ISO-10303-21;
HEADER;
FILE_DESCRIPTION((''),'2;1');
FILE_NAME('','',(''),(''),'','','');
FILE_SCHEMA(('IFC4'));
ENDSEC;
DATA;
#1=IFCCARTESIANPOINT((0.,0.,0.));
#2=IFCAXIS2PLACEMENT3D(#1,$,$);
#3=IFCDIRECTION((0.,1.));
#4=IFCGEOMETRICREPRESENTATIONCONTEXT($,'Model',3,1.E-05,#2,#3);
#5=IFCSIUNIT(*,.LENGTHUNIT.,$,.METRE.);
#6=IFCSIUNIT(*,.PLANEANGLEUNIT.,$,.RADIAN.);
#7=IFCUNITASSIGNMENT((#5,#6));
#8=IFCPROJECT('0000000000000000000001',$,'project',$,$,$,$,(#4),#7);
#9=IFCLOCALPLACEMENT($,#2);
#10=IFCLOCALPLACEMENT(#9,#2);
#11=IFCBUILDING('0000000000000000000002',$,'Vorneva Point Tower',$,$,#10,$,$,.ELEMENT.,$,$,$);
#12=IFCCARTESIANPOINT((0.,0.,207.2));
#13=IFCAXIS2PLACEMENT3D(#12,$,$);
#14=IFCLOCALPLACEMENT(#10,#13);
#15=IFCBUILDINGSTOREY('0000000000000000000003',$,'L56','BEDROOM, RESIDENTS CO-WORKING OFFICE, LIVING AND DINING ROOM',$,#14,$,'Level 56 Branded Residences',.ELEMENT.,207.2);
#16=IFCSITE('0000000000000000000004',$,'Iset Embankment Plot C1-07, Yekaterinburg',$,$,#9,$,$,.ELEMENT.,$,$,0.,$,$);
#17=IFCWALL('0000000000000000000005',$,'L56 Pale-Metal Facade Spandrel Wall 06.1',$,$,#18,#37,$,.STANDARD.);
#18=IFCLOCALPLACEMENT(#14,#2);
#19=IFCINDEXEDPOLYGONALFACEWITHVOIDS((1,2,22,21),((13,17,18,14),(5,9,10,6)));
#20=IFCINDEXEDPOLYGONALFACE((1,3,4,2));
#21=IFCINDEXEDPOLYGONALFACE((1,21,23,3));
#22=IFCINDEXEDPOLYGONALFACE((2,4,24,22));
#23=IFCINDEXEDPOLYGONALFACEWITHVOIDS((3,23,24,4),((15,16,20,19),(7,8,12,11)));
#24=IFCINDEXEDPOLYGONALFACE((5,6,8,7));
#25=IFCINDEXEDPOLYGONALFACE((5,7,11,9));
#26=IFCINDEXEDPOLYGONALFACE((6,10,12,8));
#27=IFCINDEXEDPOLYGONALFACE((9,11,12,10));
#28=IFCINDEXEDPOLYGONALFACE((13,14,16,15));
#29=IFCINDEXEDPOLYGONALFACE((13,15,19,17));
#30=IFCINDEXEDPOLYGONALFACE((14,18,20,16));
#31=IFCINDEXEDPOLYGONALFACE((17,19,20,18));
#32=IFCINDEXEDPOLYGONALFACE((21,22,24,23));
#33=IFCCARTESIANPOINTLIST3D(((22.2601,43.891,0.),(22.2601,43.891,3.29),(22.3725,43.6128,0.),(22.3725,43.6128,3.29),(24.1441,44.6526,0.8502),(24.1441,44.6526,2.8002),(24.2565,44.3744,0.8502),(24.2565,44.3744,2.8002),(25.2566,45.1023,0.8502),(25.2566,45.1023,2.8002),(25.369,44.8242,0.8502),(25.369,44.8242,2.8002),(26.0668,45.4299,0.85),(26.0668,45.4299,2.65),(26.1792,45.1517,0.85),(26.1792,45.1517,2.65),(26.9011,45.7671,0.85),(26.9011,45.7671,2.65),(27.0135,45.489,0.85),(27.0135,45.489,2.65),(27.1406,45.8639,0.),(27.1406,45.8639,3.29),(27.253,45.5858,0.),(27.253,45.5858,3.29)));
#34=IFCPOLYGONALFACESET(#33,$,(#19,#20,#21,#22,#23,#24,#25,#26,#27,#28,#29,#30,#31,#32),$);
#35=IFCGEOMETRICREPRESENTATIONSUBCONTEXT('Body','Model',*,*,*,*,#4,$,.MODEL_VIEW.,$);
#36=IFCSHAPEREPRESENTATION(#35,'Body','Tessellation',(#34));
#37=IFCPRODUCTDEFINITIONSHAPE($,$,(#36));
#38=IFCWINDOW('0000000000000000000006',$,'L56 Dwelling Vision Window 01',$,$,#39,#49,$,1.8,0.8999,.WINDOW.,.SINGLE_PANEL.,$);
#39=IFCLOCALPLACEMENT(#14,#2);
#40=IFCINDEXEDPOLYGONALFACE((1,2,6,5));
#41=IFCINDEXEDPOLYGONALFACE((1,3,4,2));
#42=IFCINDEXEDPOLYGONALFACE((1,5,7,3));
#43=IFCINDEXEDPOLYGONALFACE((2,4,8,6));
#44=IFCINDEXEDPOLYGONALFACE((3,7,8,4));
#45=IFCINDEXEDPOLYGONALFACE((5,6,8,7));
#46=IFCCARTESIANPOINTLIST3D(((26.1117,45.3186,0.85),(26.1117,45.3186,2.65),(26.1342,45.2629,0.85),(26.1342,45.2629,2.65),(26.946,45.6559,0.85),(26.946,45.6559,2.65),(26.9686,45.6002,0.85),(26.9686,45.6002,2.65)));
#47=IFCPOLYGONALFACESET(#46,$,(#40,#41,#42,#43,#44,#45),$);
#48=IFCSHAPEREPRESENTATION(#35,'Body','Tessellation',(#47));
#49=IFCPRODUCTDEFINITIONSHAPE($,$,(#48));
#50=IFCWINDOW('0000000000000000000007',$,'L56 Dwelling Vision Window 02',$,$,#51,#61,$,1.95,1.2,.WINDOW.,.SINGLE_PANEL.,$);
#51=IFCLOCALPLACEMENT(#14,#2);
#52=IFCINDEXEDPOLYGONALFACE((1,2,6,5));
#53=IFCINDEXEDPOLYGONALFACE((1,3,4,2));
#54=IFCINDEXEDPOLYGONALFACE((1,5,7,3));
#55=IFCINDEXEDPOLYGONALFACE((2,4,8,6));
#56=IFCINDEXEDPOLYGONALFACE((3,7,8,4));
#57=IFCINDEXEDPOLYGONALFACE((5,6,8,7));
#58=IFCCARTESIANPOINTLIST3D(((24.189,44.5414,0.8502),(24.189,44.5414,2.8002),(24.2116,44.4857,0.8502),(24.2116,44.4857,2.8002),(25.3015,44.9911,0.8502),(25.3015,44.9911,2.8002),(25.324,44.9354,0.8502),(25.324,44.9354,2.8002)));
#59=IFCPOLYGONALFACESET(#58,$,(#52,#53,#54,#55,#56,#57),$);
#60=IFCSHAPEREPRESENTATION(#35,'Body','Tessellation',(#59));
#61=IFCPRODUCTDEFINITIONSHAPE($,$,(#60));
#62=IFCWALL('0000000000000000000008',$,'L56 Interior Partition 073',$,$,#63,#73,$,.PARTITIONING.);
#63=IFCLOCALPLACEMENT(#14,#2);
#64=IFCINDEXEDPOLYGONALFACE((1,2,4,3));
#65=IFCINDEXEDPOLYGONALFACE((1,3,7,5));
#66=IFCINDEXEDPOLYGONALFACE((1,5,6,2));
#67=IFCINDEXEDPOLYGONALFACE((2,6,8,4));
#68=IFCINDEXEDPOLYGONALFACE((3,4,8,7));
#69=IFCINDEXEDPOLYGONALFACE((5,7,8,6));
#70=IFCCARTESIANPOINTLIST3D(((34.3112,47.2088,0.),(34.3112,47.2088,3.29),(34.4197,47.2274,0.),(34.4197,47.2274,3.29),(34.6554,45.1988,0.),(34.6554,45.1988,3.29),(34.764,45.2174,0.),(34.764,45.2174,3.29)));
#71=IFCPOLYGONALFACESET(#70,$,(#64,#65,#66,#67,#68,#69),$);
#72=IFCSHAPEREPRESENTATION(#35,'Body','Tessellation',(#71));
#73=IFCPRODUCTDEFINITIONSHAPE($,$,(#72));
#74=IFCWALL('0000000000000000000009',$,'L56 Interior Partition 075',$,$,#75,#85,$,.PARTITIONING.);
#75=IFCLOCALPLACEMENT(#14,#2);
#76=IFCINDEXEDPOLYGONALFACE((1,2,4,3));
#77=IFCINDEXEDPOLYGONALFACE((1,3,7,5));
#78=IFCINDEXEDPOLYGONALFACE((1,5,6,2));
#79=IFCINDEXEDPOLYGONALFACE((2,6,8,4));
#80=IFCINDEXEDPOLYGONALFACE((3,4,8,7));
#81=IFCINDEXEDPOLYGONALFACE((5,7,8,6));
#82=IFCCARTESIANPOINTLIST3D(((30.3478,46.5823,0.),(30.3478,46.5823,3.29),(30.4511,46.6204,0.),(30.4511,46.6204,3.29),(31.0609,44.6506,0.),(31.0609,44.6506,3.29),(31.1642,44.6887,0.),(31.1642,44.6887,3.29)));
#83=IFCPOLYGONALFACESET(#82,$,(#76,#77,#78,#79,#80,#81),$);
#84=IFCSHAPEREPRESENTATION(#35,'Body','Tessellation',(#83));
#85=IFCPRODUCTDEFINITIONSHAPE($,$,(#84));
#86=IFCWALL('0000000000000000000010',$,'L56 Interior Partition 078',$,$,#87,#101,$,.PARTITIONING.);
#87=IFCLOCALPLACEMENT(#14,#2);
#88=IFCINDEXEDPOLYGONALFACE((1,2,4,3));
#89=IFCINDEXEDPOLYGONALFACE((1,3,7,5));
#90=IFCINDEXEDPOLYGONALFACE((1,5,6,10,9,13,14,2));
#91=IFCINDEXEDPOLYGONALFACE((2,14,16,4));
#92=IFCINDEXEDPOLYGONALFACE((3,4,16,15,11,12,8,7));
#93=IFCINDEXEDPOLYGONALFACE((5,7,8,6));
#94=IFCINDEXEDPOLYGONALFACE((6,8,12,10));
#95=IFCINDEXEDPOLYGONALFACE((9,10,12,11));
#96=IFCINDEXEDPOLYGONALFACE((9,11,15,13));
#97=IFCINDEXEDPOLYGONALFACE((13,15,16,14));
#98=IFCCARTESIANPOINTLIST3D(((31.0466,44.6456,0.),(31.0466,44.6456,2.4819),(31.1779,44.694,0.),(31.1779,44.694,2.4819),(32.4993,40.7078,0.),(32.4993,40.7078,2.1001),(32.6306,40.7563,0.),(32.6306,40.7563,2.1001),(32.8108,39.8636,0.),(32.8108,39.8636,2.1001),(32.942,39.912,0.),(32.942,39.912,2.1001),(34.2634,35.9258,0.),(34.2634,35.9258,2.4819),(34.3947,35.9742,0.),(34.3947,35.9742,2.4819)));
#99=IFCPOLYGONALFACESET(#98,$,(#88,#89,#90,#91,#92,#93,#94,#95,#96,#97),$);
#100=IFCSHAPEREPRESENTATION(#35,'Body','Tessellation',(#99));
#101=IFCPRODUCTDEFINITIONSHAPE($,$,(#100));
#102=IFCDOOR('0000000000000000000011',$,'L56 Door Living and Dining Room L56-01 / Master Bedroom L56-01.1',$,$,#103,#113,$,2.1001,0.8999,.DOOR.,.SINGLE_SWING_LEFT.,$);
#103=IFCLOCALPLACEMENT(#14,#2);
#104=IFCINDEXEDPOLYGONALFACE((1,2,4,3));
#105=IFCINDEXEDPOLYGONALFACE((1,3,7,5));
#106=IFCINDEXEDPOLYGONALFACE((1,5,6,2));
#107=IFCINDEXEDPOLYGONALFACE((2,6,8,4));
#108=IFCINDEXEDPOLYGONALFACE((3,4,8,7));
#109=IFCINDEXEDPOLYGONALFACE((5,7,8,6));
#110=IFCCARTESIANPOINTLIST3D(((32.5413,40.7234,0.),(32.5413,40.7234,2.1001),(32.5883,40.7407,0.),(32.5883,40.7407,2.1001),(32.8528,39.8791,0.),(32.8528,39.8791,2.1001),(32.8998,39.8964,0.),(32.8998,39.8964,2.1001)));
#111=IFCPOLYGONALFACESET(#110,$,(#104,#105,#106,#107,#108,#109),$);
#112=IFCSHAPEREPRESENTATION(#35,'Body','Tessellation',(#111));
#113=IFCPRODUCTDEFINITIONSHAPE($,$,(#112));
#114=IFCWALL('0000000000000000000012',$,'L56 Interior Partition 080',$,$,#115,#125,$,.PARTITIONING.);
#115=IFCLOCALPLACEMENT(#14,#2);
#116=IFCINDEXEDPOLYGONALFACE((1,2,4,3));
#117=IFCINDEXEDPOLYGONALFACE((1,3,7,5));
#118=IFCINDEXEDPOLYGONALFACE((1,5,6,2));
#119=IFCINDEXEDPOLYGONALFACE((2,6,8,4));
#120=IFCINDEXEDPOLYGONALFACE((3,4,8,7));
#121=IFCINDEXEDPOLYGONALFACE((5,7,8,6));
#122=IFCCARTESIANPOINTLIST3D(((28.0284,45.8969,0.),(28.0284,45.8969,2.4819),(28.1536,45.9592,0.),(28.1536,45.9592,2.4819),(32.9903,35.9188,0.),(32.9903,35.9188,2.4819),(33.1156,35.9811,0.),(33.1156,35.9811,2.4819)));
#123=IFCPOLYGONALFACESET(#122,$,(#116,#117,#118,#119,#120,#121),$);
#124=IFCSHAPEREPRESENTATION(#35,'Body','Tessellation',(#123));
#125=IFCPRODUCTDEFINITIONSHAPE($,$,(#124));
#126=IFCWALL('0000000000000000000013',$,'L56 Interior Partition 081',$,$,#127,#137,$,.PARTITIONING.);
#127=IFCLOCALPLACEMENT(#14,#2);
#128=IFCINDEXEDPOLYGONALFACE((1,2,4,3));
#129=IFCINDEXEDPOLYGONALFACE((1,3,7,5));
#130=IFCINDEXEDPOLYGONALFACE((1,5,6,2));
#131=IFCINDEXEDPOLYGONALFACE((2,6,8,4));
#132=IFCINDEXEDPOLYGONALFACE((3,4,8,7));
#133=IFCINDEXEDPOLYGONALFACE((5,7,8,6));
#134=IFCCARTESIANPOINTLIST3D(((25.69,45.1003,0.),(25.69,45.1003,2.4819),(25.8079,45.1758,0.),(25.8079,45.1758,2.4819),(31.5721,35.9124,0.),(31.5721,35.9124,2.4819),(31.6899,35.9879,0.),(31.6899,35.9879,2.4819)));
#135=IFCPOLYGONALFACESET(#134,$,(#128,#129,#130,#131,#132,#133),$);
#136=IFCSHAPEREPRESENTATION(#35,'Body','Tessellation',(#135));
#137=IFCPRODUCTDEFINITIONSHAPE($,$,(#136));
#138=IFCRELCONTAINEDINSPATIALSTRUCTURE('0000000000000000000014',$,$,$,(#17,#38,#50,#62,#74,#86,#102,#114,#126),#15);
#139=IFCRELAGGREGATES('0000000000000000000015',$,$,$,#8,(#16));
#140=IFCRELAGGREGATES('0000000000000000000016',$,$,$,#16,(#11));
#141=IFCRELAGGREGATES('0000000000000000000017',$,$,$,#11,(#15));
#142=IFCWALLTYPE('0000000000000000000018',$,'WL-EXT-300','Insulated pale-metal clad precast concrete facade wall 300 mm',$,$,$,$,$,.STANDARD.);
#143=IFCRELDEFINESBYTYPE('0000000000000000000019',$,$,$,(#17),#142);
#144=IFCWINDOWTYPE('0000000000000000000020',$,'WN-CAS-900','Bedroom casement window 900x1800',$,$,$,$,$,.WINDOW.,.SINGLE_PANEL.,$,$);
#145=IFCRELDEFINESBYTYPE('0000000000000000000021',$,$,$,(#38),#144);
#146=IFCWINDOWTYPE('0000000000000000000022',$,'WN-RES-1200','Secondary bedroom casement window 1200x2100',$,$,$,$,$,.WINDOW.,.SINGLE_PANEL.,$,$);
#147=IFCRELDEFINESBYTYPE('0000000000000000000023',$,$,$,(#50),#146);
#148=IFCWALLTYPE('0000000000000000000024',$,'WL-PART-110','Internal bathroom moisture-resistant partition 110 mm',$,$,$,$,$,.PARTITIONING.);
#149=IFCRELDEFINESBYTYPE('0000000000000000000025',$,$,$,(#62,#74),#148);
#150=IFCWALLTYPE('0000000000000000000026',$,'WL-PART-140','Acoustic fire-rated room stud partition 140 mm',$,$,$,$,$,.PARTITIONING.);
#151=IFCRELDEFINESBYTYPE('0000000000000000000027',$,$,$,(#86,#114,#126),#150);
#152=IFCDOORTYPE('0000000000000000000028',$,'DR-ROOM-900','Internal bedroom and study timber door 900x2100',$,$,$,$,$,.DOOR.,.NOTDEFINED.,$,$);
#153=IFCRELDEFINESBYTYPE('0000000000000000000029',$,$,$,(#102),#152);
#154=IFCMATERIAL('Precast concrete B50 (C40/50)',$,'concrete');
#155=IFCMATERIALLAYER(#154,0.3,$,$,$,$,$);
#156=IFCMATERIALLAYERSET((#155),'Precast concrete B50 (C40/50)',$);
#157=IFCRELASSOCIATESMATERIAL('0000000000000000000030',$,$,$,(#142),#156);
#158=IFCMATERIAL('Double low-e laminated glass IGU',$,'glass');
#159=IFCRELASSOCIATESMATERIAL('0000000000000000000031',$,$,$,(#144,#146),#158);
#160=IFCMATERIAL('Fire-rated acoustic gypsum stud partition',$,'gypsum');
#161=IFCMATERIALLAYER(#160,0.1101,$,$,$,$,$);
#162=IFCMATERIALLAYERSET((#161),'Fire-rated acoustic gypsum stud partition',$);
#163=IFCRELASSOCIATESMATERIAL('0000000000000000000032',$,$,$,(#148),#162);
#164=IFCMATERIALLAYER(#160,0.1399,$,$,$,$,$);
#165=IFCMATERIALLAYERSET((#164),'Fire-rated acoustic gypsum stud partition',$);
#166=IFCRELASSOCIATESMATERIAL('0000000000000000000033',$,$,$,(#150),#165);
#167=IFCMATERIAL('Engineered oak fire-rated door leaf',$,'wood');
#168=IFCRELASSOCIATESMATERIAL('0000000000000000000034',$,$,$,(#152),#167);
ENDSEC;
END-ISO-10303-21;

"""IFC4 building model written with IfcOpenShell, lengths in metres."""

from ifc_helpers import new_model, si_unit, direction, frame, frame_2d, origin, place, context, subcontext, project, spatial, rectangle, extrude, material, layer, layer_set, type_object, element, fill, save


model = new_model("IFC4")

# Units and contexts
model_context = context("Model", 3, precision=1e-05, world=origin(), true_north=direction((0.0, 1.0)))
body_context = subcontext(model_context, "Body", "Model", "MODEL_VIEW")
ifc_project = project(units=[si_unit("LENGTHUNIT", "METRE"), si_unit("PLANEANGLEUNIT", "RADIAN")], contexts=[model_context])

# Site, building, storey
site_placement = place(None, origin())
site = spatial("IfcSite", under=ifc_project, at=site_placement, Name="Iset Embankment Plot C1-07, Yekaterinburg", CompositionType="ELEMENT", RefElevation=0.0)
building_placement = place(site_placement, origin())
building = spatial("IfcBuilding", under=site, at=building_placement, Name="Vorneva Point Tower", CompositionType="ELEMENT")
storey_placement = place(building_placement, frame((0.0, 0.0, 207.2)))
storey = spatial("IfcBuildingStorey", under=building, at=storey_placement, Name="L56", Description="BEDROOM, RESIDENTS CO-WORKING OFFICE, LIVING AND DINING ROOM", LongName="Level 56 Branded Residences", CompositionType="ELEMENT", Elevation=207.2)

# Shared definitions
ifc_material_1 = material(Name="Double low-e laminated glass IGU", Category="glass")

# Wall, openings, windows
ifc_material_2 = material(Name="Precast concrete B50 (C40/50)", Category="concrete")
ifc_layer_1 = layer(ifc_material_2, 0.3)
ifc_layer_set_1 = layer_set([ifc_layer_1], Name="Precast concrete B50 (C40/50)")
wall_type_1 = type_object("IfcWallType", Name="WL-EXT-300", Description="Insulated pale-metal clad precast concrete facade wall 300 mm", PredefinedType="STANDARD", material=ifc_layer_set_1)
wall_1_placement = place(storey_placement, frame((27.1968, 45.7249, 0.0), z_axis=(0.0, 0.0, 1.0), x_axis=(-0.927111, -0.374787, 0.0)))
wall_1 = element("IfcWall", 1, at=wall_1_placement, inside=storey, type_object=wall_type_1, Name="L56 Pale-Metal Facade Spandrel Wall 06.1", PredefinedType="STANDARD", context=body_context, shape_type="SweptSolid", body=[
    extrude(rectangle(XDim=5.2642, YDim=0.3, at=frame_2d((2.6321, 0.0))), origin(), (0.0, 0.0, 1.0), 3.29),
])
opening_1_placement = place(wall_1_placement, frame((0.2583, 0.0, 0.8501)))
opening_1 = element("IfcOpeningElement", 2, at=opening_1_placement, cuts=wall_1, PredefinedType="OPENING", context=body_context, shape_type="SweptSolid", body=[
    extrude(rectangle(XDim=0.8999, YDim=1.8, at=frame_2d((0.45, 0.8999))), frame((0.0, 0.165, 0.0), z_axis=(0.0, -1.0, 0.0), x_axis=(1.0, 0.0, 0.0)), (0.0, 0.0, 1.0), 0.3298),
])
opening_2_placement = place(wall_1_placement, frame((2.032, 0.0, 0.8501)))
opening_2 = element("IfcOpeningElement", 3, at=opening_2_placement, cuts=wall_1, PredefinedType="OPENING", context=body_context, shape_type="SweptSolid", body=[
    extrude(rectangle(XDim=1.2, YDim=1.95, at=frame_2d((0.6001, 0.9751))), frame((0.0, 0.165, 0.0), z_axis=(0.0, -1.0, 0.0), x_axis=(1.0, 0.0, 0.0)), (0.0, 0.0, 1.0), 0.3298),
])
window_type_1 = type_object("IfcWindowType", Name="WN-CAS-900", Description="Bedroom casement window 900x1800", PartitioningType="SINGLE_PANEL", PredefinedType="WINDOW", material=ifc_material_1)
window_1_placement = place(opening_1_placement, origin())
window_1 = element("IfcWindow", 4, at=window_1_placement, inside=storey, type_object=window_type_1, Name="L56 Dwelling Vision Window 01", OverallHeight=1.8, OverallWidth=0.8999, PartitioningType="SINGLE_PANEL", PredefinedType="WINDOW", context=body_context, shape_type="SweptSolid", body=[
    extrude(rectangle(XDim=0.8999, YDim=1.8, at=frame_2d((0.45, 0.8999))), frame((0.0, 0.03, 0.0), z_axis=(0.0, -1.0, 0.0), x_axis=(1.0, 0.0, 0.0)), (0.0, 0.0, 1.0), 0.0601),
])
fill(opening_1, window_1)
window_type_2 = type_object("IfcWindowType", Name="WN-RES-1200", Description="Secondary bedroom casement window 1200x2100", PartitioningType="SINGLE_PANEL", PredefinedType="WINDOW", material=ifc_material_1)
window_2_placement = place(opening_2_placement, origin())
window_2 = element("IfcWindow", 5, at=window_2_placement, inside=storey, type_object=window_type_2, Name="L56 Dwelling Vision Window 02", OverallHeight=1.95, OverallWidth=1.2, PartitioningType="SINGLE_PANEL", PredefinedType="WINDOW", context=body_context, shape_type="SweptSolid", body=[
    extrude(rectangle(XDim=1.2, YDim=1.95, at=frame_2d((0.6001, 0.9751))), frame((0.0, 0.03, 0.0), z_axis=(0.0, -1.0, 0.0), x_axis=(1.0, 0.0, 0.0)), (0.0, 0.0, 1.0), 0.0601),
])
fill(opening_2, window_2)

# Walls
ifc_material_3 = material(Name="Fire-rated acoustic gypsum stud partition", Category="gypsum")
ifc_layer_2 = layer(ifc_material_3, 0.1101)
ifc_layer_set_2 = layer_set([ifc_layer_2], Name="Fire-rated acoustic gypsum stud partition")
wall_type_2 = type_object("IfcWallType", Name="WL-PART-110", Description="Internal bathroom moisture-resistant partition 110 mm", PredefinedType="PARTITIONING", material=ifc_layer_set_2)
wall_2_placement = place(storey_placement, frame((34.3655, 47.218, 0.0), z_axis=(0.0, 0.0, 1.0), x_axis=(0.168804, -0.98565, 0.0)))
element("IfcWall", 6, at=wall_2_placement, inside=storey, type_object=wall_type_2, Name="L56 Interior Partition 073", PredefinedType="PARTITIONING", context=body_context, shape_type="SweptSolid", body=[
    extrude(rectangle(XDim=2.0393, YDim=0.1101, at=frame_2d((1.0195, 0.0))), origin(), (0.0, 0.0, 1.0), 3.29),
])
wall_3_placement = place(storey_placement, frame((31.1125, 44.6697, 0.0), z_axis=(0.0, 0.0, 1.0), x_axis=(-0.346337, 0.93811, 0.0)))
element("IfcWall", 7, at=wall_3_placement, inside=storey, type_object=wall_type_2, Name="L56 Interior Partition 075", PredefinedType="PARTITIONING", context=body_context, shape_type="SweptSolid", body=[
    extrude(rectangle(XDim=2.0591, YDim=0.1101, at=frame_2d((1.0295, 0.0))), origin(), (0.0, 0.0, 1.0), 3.29),
])

# Wall, opening, door
ifc_layer_3 = layer(ifc_material_3, 0.1399)
ifc_layer_set_3 = layer_set([ifc_layer_3], Name="Fire-rated acoustic gypsum stud partition")
wall_type_3 = type_object("IfcWallType", Name="WL-PART-140", Description="Acoustic fire-rated room stud partition 140 mm", PredefinedType="PARTITIONING", material=ifc_layer_set_3)
wall_4_placement = place(storey_placement, frame((31.1123, 44.6697, 0.0), z_axis=(0.0, 0.0, 1.0), x_axis=(0.346109, -0.938194, 0.0)))
wall_4 = element("IfcWall", 8, at=wall_4_placement, inside=storey, type_object=wall_type_3, Name="L56 Interior Partition 078", PredefinedType="PARTITIONING", context=body_context, shape_type="SweptSolid", body=[
    extrude(rectangle(XDim=9.2942, YDim=0.1399, at=frame_2d((4.647, 0.0))), origin(), (0.0, 0.0, 1.0), 2.4819),
])
opening_3_placement = place(wall_4_placement, frame((4.197, 0.0, 0.0)))
opening_3 = element("IfcOpeningElement", 9, at=opening_3_placement, cuts=wall_4, PredefinedType="OPENING", context=body_context, shape_type="SweptSolid", body=[
    extrude(rectangle(XDim=0.8999, YDim=2.1001, at=frame_2d((0.45, 1.05))), frame((0.0, 0.085, 0.0), z_axis=(0.0, -1.0, 0.0), x_axis=(1.0, 0.0, 0.0)), (0.0, 0.0, 1.0), 0.1697),
])
ifc_material_4 = material(Name="Engineered oak fire-rated door leaf", Category="wood")
door_type = type_object("IfcDoorType", Name="DR-ROOM-900", Description="Internal bedroom and study timber door 900x2100", OperationType="NOTDEFINED", PredefinedType="DOOR", material=ifc_material_4)
door_placement = place(opening_3_placement, origin())
door = element("IfcDoor", 10, at=door_placement, inside=storey, type_object=door_type, Name="L56 Door Living and Dining Room L56-01 / Master Bedroom L56-01.1", OperationType="SINGLE_SWING_LEFT", OverallHeight=2.1001, OverallWidth=0.8999, PredefinedType="DOOR", context=body_context, shape_type="SweptSolid", body=[
    extrude(rectangle(XDim=0.8999, YDim=2.1001, at=frame_2d((0.45, 1.05))), frame((0.0, 0.0249, 0.0), z_axis=(0.0, -1.0, 0.0), x_axis=(1.0, 0.0, 0.0)), (0.0, 0.0, 1.0), 0.05),
])
fill(opening_3, door)

# Walls
wall_5_placement = place(storey_placement, frame((28.0911, 45.928, 0.0), z_axis=(0.0, 0.0, 1.0), x_axis=(0.445267, -0.895398, 0.0)))
element("IfcWall", 11, at=wall_5_placement, inside=storey, type_object=wall_type_3, Name="L56 Interior Partition 080", PredefinedType="PARTITIONING", context=body_context, shape_type="SweptSolid", body=[
    extrude(rectangle(XDim=11.1438, YDim=0.1399, at=frame_2d((5.5718, 0.0))), origin(), (0.0, 0.0, 1.0), 2.4819),
])
wall_6_placement = place(storey_placement, frame((25.749, 45.1379, 0.0), z_axis=(0.0, 0.0, 1.0), x_axis=(0.539169, -0.842198, 0.0)))
element("IfcWall", 12, at=wall_6_placement, inside=storey, type_object=wall_type_3, Name="L56 Interior Partition 081", PredefinedType="PARTITIONING", context=body_context, shape_type="SweptSolid", body=[
    extrude(rectangle(XDim=10.9094, YDim=0.1399, at=frame_2d((5.4546, 0.0))), origin(), (0.0, 0.0, 1.0), 2.4819),
])

save(model, "model.ifc")
